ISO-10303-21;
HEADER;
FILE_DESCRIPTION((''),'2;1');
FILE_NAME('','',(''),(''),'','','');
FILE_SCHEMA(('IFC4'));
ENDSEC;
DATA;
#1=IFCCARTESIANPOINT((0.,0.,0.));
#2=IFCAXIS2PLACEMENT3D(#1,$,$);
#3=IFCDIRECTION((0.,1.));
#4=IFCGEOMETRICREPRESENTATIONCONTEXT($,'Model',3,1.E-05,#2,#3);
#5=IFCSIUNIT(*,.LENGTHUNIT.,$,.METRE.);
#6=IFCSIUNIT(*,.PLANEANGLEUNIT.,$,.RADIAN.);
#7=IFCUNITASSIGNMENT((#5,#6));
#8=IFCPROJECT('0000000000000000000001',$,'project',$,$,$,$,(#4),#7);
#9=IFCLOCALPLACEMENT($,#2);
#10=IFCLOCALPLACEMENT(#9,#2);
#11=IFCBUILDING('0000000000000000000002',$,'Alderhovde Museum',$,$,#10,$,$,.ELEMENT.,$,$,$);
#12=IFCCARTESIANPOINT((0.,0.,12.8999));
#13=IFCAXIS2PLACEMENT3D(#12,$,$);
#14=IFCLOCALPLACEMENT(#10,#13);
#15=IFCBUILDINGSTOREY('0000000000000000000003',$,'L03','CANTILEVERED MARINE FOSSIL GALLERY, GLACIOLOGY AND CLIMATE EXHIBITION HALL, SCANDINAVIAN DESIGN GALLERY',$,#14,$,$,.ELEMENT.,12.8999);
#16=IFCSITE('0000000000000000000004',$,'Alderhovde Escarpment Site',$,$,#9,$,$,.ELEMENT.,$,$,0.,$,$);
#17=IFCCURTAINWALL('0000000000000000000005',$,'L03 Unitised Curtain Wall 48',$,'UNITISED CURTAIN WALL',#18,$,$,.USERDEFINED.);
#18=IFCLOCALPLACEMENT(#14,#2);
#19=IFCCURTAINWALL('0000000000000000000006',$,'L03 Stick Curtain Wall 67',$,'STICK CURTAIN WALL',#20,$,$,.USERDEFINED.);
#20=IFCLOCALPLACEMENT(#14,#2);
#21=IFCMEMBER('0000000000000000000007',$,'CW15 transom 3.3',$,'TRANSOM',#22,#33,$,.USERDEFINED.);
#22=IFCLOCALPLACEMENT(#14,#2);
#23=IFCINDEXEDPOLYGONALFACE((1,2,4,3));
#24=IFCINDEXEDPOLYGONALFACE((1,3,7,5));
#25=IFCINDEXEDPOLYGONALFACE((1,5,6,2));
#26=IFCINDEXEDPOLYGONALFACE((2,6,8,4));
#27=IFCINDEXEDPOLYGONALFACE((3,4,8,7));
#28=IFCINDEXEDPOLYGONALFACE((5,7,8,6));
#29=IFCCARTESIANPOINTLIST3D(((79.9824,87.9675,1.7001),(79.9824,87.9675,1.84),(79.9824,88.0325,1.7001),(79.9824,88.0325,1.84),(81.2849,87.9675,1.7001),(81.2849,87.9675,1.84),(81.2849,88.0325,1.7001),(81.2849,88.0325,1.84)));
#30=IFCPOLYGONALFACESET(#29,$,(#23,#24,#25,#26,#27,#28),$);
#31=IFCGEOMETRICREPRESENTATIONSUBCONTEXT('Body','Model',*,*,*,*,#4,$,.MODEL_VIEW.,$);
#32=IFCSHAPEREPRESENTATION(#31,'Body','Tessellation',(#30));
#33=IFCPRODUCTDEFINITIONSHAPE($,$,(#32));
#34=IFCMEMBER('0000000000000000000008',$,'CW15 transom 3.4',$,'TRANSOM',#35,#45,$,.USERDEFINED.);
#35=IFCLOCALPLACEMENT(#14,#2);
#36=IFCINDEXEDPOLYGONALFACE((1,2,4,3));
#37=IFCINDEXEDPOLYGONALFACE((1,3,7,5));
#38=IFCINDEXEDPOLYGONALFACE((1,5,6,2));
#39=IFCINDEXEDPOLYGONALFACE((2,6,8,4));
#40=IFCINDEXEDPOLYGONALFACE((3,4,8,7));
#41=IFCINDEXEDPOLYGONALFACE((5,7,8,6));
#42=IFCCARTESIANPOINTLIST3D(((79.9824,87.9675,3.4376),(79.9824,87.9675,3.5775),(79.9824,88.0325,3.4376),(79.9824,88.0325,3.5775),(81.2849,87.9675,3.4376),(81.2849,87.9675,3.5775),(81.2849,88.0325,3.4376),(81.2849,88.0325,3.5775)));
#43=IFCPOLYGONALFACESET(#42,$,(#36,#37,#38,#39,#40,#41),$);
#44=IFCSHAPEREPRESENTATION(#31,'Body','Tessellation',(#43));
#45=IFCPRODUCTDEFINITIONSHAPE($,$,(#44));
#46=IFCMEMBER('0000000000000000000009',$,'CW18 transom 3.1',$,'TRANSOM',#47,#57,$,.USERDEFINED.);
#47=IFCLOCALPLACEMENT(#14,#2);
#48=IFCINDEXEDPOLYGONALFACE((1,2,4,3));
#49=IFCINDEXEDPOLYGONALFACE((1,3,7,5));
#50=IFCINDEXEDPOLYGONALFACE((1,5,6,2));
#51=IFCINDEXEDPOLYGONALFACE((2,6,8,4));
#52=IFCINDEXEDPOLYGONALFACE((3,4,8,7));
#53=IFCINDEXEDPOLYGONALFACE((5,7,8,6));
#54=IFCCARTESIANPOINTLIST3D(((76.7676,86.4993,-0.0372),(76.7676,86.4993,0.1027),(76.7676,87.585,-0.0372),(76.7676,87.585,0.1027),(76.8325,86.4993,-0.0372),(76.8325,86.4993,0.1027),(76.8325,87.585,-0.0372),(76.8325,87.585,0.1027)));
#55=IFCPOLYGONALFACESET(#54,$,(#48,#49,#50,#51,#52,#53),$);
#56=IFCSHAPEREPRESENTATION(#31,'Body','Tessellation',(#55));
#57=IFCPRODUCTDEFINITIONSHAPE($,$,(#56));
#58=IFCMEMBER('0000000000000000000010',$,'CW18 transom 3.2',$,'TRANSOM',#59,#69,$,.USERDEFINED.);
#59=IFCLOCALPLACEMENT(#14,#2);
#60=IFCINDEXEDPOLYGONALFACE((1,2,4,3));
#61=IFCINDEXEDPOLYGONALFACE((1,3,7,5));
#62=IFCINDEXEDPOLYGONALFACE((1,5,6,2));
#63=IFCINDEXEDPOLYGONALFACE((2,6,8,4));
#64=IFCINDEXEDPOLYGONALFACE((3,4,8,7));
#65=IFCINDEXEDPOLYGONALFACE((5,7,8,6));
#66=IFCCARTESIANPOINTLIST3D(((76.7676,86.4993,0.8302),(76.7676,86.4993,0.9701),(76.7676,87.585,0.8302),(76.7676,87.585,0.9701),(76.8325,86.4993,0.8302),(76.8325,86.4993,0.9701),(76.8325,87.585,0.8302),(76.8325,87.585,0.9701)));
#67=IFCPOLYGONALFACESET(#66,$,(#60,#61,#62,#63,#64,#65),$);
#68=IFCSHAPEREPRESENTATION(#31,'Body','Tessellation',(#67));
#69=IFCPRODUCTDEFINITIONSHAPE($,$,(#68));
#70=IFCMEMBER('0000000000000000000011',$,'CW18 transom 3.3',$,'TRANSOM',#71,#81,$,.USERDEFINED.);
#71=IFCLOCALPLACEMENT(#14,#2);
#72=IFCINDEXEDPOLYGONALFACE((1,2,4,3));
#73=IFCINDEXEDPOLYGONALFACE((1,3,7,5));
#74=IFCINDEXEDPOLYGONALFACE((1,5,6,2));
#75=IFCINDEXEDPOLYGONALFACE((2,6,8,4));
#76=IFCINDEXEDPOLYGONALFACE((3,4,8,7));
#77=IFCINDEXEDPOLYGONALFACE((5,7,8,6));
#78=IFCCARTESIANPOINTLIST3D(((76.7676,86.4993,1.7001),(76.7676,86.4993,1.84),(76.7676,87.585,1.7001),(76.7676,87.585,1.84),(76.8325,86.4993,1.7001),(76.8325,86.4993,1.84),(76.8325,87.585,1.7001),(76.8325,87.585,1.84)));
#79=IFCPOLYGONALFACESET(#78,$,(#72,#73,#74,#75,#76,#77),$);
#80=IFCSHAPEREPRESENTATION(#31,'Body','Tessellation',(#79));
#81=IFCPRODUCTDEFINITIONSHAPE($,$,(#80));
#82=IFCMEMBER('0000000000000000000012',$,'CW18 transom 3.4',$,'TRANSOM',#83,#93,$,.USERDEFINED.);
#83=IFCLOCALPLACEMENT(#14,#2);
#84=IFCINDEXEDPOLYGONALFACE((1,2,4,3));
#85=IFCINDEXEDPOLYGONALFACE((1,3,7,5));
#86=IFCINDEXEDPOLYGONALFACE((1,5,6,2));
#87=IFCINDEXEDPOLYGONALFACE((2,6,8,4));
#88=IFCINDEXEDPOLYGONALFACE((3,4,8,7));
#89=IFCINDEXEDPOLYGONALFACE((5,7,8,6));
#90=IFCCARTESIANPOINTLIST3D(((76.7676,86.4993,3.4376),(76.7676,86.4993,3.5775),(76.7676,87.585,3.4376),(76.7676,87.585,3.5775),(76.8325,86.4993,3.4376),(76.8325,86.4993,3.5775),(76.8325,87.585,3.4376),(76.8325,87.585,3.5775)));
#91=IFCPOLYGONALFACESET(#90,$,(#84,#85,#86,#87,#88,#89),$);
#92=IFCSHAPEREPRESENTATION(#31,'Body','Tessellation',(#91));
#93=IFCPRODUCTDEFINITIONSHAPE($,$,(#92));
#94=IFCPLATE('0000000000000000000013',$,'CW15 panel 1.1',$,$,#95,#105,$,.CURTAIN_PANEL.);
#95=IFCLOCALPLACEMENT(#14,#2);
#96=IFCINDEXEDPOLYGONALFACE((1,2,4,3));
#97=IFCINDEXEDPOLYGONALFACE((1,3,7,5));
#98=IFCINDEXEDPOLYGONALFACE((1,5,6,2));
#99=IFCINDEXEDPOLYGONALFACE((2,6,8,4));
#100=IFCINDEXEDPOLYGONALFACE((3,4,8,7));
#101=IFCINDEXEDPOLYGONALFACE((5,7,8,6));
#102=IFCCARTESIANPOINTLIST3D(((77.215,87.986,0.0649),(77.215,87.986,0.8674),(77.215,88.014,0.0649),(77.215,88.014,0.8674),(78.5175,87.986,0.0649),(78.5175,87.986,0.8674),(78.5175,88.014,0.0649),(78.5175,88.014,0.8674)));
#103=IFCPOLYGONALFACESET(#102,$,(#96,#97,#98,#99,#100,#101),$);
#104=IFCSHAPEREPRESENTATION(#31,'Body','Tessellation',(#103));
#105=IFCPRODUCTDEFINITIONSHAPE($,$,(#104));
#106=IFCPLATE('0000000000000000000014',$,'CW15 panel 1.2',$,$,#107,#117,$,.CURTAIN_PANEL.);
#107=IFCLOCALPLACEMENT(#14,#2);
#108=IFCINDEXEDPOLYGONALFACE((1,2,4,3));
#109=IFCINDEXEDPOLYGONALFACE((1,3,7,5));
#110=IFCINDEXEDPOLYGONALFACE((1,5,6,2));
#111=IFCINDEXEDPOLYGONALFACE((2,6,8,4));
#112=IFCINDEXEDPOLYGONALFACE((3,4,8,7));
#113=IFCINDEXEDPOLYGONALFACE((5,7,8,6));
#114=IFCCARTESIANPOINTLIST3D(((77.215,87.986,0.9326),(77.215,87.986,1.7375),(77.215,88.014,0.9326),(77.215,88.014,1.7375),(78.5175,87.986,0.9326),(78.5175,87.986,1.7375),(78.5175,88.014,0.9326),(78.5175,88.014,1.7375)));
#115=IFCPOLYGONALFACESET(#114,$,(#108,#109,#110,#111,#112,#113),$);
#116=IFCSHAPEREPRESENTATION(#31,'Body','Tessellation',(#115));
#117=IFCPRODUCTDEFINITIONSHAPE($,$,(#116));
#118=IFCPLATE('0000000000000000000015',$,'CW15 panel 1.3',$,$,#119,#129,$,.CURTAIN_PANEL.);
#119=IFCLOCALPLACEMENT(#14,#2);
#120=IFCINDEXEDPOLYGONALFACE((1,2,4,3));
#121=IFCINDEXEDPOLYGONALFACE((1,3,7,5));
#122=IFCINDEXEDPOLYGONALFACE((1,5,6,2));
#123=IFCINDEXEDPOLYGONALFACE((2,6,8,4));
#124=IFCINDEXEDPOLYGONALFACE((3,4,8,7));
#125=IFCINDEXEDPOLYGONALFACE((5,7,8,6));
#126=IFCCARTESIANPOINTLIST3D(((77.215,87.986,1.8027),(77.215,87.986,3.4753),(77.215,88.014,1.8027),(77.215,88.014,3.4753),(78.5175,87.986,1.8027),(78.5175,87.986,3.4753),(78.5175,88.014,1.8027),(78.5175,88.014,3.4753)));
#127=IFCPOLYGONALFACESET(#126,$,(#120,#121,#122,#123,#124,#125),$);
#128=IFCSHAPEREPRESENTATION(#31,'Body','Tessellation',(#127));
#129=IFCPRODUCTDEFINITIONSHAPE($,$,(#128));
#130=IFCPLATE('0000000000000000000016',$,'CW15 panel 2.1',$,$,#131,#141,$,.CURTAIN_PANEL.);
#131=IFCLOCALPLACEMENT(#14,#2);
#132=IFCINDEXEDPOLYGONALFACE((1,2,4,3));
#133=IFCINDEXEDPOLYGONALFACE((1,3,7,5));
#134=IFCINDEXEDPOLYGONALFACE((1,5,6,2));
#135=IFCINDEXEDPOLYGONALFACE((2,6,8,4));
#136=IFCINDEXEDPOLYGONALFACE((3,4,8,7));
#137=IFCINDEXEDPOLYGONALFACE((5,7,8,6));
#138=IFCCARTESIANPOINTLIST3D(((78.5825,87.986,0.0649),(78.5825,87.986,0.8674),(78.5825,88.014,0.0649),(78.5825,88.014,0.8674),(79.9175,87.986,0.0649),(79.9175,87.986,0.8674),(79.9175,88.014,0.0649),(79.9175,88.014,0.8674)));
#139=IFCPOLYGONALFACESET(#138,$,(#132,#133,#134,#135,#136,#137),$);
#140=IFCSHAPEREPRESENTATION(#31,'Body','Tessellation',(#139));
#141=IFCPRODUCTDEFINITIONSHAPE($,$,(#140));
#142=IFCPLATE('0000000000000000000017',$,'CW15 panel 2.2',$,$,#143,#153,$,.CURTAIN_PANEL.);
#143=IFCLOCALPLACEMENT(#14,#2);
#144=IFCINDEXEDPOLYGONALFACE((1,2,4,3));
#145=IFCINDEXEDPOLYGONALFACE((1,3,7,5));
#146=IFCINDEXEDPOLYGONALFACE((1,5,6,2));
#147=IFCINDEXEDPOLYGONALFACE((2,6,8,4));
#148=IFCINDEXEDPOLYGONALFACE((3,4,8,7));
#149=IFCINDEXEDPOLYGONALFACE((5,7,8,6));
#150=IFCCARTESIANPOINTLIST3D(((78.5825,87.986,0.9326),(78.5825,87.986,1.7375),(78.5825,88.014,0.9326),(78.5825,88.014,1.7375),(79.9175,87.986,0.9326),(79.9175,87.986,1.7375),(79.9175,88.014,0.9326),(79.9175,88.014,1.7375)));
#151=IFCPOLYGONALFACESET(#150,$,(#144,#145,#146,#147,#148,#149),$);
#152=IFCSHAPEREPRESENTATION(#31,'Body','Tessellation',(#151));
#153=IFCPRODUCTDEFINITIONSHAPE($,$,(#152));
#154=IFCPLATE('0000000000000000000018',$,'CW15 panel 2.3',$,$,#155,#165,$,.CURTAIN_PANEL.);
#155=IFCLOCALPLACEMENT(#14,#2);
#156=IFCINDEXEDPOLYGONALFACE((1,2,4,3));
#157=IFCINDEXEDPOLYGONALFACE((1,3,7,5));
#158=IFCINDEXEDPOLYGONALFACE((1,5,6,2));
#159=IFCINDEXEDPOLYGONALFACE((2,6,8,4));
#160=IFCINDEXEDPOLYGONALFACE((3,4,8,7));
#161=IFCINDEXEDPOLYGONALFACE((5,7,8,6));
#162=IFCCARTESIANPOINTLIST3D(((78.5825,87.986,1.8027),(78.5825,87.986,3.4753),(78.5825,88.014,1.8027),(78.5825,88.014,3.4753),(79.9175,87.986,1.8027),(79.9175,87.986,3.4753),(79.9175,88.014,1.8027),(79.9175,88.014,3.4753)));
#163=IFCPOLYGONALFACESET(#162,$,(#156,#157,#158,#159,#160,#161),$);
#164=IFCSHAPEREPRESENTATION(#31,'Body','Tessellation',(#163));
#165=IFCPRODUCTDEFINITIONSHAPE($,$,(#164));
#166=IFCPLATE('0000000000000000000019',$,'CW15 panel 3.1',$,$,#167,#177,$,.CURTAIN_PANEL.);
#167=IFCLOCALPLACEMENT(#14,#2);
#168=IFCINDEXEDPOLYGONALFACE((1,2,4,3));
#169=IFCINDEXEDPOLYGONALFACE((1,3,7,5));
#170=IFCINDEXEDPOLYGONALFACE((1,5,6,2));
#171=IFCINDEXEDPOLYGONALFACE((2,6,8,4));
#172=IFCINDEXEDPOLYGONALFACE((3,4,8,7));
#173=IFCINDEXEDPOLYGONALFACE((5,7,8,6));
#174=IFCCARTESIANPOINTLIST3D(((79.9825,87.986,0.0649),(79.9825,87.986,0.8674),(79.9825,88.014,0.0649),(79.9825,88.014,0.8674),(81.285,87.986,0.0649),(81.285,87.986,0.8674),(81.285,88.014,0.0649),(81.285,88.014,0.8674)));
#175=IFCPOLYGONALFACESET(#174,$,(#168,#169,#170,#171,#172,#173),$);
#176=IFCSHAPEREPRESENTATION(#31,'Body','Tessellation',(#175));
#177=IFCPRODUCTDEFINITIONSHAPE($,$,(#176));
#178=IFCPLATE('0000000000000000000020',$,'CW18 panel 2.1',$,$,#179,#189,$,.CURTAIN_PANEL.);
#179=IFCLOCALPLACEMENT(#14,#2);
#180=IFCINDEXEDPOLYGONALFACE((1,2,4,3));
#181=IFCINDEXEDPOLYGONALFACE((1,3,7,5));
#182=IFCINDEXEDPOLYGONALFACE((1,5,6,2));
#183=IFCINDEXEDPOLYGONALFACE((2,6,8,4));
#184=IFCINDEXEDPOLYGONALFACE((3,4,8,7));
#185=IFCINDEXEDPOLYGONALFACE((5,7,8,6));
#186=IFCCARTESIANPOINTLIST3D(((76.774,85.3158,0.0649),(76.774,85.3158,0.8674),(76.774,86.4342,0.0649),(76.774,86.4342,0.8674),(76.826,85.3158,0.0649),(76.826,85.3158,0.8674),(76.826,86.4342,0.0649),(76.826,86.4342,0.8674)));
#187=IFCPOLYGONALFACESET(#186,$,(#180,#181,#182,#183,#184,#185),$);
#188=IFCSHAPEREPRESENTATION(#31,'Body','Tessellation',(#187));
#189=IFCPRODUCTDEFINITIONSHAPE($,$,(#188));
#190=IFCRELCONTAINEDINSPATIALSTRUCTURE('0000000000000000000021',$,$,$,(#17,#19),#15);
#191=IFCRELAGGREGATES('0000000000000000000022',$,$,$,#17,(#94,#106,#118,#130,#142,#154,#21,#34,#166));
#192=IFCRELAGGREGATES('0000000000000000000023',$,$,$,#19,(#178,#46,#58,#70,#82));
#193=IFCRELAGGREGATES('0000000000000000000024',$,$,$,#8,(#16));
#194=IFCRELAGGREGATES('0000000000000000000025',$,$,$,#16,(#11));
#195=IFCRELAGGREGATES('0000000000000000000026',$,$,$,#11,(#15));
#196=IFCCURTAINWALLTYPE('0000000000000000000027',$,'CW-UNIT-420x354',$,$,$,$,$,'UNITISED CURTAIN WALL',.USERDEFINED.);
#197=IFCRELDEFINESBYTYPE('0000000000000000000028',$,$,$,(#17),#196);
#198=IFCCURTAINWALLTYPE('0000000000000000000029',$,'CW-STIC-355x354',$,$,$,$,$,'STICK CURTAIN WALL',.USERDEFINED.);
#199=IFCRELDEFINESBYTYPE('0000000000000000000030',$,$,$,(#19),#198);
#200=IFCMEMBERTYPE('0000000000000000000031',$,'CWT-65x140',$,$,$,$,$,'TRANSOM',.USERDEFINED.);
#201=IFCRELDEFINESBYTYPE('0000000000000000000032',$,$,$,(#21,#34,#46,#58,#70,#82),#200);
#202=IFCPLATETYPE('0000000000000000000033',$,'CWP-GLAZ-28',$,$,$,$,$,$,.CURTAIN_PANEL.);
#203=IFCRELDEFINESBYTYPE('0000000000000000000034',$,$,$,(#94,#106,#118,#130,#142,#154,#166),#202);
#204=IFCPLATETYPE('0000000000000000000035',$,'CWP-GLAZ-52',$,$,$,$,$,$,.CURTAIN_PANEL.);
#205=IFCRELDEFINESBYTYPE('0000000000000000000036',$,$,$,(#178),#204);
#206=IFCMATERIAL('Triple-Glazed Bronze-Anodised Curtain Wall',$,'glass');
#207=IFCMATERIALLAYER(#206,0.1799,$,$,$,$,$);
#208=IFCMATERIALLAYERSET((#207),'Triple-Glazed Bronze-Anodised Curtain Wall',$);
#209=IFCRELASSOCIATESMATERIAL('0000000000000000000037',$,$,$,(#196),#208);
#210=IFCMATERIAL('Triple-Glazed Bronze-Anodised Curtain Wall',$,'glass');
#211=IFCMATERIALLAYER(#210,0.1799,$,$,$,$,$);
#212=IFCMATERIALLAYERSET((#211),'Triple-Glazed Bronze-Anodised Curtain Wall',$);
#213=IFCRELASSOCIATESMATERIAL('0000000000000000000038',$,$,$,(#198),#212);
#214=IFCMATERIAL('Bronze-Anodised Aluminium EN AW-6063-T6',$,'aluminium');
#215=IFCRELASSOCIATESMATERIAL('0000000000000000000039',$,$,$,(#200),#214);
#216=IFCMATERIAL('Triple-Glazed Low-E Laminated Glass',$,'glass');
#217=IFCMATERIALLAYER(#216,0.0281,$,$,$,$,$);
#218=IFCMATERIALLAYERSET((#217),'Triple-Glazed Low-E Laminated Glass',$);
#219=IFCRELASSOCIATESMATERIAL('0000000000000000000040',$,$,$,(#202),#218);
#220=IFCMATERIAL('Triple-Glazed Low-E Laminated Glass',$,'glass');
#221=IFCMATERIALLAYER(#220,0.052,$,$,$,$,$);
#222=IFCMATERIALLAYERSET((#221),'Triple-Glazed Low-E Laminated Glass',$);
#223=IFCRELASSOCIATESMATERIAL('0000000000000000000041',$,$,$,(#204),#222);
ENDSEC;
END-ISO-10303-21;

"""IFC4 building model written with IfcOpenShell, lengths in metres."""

from ifc_helpers import new_model, si_unit, direction, frame, origin, origin_2d, place, context, subcontext, project, spatial, rectangle, extrude, material, layer, layer_set, material_profile, profile_set, type_object, element, aggregate, save


model = new_model("IFC4")

# Units and contexts
model_context = context("Model", 3, precision=1e-05, world=origin(), true_north=direction((0.0, 1.0)))
body_context = subcontext(model_context, "Body", "Model", "MODEL_VIEW")
ifc_project = project(units=[si_unit("LENGTHUNIT", "METRE"), si_unit("PLANEANGLEUNIT", "RADIAN")], contexts=[model_context])

# Site, building, storey
site_placement = place(None, origin())
site = spatial("IfcSite", under=ifc_project, at=site_placement, Name="Alderhovde Escarpment Site", CompositionType="ELEMENT", RefElevation=0.0)
building_placement = place(site_placement, origin())
building = spatial("IfcBuilding", under=site, at=building_placement, Name="Alderhovde Museum", CompositionType="ELEMENT")
storey_placement = place(building_placement, frame((0.0, 0.0, 12.8999)))
storey = spatial("IfcBuildingStorey", under=building, at=storey_placement, Name="L03", Description="CANTILEVERED MARINE FOSSIL GALLERY, GLACIOLOGY AND CLIMATE EXHIBITION HALL, SCANDINAVIAN DESIGN GALLERY", CompositionType="ELEMENT", Elevation=12.8999)

# Curtain walls
ifc_material_1 = material(Name="Triple-Glazed Bronze-Anodised Curtain Wall", Category="glass")
ifc_layer_1 = layer(ifc_material_1, 0.1799)
ifc_layer_set_1 = layer_set([ifc_layer_1], Name="Triple-Glazed Bronze-Anodised Curtain Wall")
curtain_wall_type_1 = type_object("IfcCurtainWallType", Name="CW-UNIT-420x354", ElementType="UNITISED CURTAIN WALL", PredefinedType="USERDEFINED", material=ifc_layer_set_1)
curtain_wall_1_placement = place(storey_placement, origin())
curtain_wall_1 = element("IfcCurtainWall", 1, at=curtain_wall_1_placement, inside=storey, type_object=curtain_wall_type_1, Name="L03 Unitised Curtain Wall 48", ObjectType="UNITISED CURTAIN WALL", PredefinedType="USERDEFINED")
ifc_material_2 = material(Name="Triple-Glazed Bronze-Anodised Curtain Wall", Category="glass")
ifc_layer_2 = layer(ifc_material_2, 0.1799)
ifc_layer_set_2 = layer_set([ifc_layer_2], Name="Triple-Glazed Bronze-Anodised Curtain Wall")
curtain_wall_type_2 = type_object("IfcCurtainWallType", Name="CW-STIC-355x354", ElementType="STICK CURTAIN WALL", PredefinedType="USERDEFINED", material=ifc_layer_set_2)
curtain_wall_2_placement = place(storey_placement, origin())
curtain_wall_2 = element("IfcCurtainWall", 2, at=curtain_wall_2_placement, inside=storey, type_object=curtain_wall_type_2, Name="L03 Stick Curtain Wall 67", ObjectType="STICK CURTAIN WALL", PredefinedType="USERDEFINED")

# Members
ifc_material_3 = material(Name="Bronze-Anodised Aluminium EN AW-6063-T6", Category="aluminium")
ifc_material_profile_1 = material_profile(ifc_material_3, rectangle(XDim=0.0649, YDim=0.1399, at=origin_2d()), Name="TRANSOM 65x140")
ifc_profile_set_1 = profile_set([ifc_material_profile_1], Name="Bronze-Anodised Aluminium EN AW-6063-T6")
member_type_1 = type_object("IfcMemberType", Name="CWT-65x140", ElementType="TRANSOM", PredefinedType="USERDEFINED", material=ifc_profile_set_1)
member_1_placement = place(storey_placement, frame((79.9824, 88.0, 1.77), z_axis=(1.0, 0.0, 0.0), x_axis=(0.0, 1.0, 0.0)))
member_1 = element("IfcMember", 3, at=member_1_placement, type_object=member_type_1, Name="CW15 transom 3.3", ObjectType="TRANSOM", PredefinedType="USERDEFINED", context=body_context, shape_type="SweptSolid", body=[
    extrude(rectangle(XDim=0.0649, YDim=0.1399, at=origin_2d()), origin(), (0.0, 0.0, 1.0), 1.3025),
])
member_2_placement = place(storey_placement, frame((79.9824, 88.0, 3.5076), z_axis=(1.0, 0.0, 0.0), x_axis=(0.0, 1.0, 0.0)))
member_2 = element("IfcMember", 4, at=member_2_placement, type_object=member_type_1, Name="CW15 transom 3.4", ObjectType="TRANSOM", PredefinedType="USERDEFINED", context=body_context, shape_type="SweptSolid", body=[
    extrude(rectangle(XDim=0.0649, YDim=0.1399, at=origin_2d()), origin(), (0.0, 0.0, 1.0), 1.3025),
])
member_3_placement = place(storey_placement, frame((76.8, 86.4993, 0.0327), z_axis=(0.0, 1.0, 0.0), x_axis=(-1.0, 0.0, 0.0)))
member_3 = element("IfcMember", 5, at=member_3_placement, type_object=member_type_1, Name="CW18 transom 3.1", ObjectType="TRANSOM", PredefinedType="USERDEFINED", context=body_context, shape_type="SweptSolid", body=[
    extrude(rectangle(XDim=0.0649, YDim=0.1399, at=origin_2d()), origin(), (0.0, 0.0, 1.0), 1.0857),
])
member_4_placement = place(storey_placement, frame((76.8, 86.4993, 0.9001), z_axis=(0.0, 1.0, 0.0), x_axis=(-1.0, 0.0, 0.0)))
member_4 = element("IfcMember", 6, at=member_4_placement, type_object=member_type_1, Name="CW18 transom 3.2", ObjectType="TRANSOM", PredefinedType="USERDEFINED", context=body_context, shape_type="SweptSolid", body=[
    extrude(rectangle(XDim=0.0649, YDim=0.1399, at=origin_2d()), origin(), (0.0, 0.0, 1.0), 1.0857),
])
member_5_placement = place(storey_placement, frame((76.8, 86.4993, 1.77), z_axis=(0.0, 1.0, 0.0), x_axis=(-1.0, 0.0, 0.0)))
member_5 = element("IfcMember", 7, at=member_5_placement, type_object=member_type_1, Name="CW18 transom 3.3", ObjectType="TRANSOM", PredefinedType="USERDEFINED", context=body_context, shape_type="SweptSolid", body=[
    extrude(rectangle(XDim=0.0649, YDim=0.1399, at=origin_2d()), origin(), (0.0, 0.0, 1.0), 1.0857),
])
member_6_placement = place(storey_placement, frame((76.8, 86.4993, 3.5076), z_axis=(0.0, 1.0, 0.0), x_axis=(-1.0, 0.0, 0.0)))
member_6 = element("IfcMember", 8, at=member_6_placement, type_object=member_type_1, Name="CW18 transom 3.4", ObjectType="TRANSOM", PredefinedType="USERDEFINED", context=body_context, shape_type="SweptSolid", body=[
    extrude(rectangle(XDim=0.0649, YDim=0.1399, at=origin_2d()), origin(), (0.0, 0.0, 1.0), 1.0857),
])

# Plates
ifc_material_4 = material(Name="Triple-Glazed Low-E Laminated Glass", Category="glass")
ifc_layer_3 = layer(ifc_material_4, 0.0281)
ifc_layer_set_3 = layer_set([ifc_layer_3], Name="Triple-Glazed Low-E Laminated Glass")
plate_type_1 = type_object("IfcPlateType", Name="CWP-GLAZ-28", PredefinedType="CURTAIN_PANEL", material=ifc_layer_set_3)
plate_1_placement = place(storey_placement, frame((77.8662, 88.0, 0.0649), z_axis=(0.0, 0.0, 1.0), x_axis=(1.0, 0.0, 0.0)))
plate_1 = element("IfcPlate", 9, at=plate_1_placement, type_object=plate_type_1, Name="CW15 panel 1.1", PredefinedType="CURTAIN_PANEL", context=body_context, shape_type="SweptSolid", body=[
    extrude(rectangle(XDim=1.3025, YDim=0.0281, at=origin_2d()), origin(), (0.0, 0.0, 1.0), 0.8025),
])
plate_2_placement = place(storey_placement, frame((77.8662, 88.0, 0.9326), z_axis=(0.0, 0.0, 1.0), x_axis=(1.0, 0.0, 0.0)))
plate_2 = element("IfcPlate", 10, at=plate_2_placement, type_object=plate_type_1, Name="CW15 panel 1.2", PredefinedType="CURTAIN_PANEL", context=body_context, shape_type="SweptSolid", body=[
    extrude(rectangle(XDim=1.3025, YDim=0.0281, at=origin_2d()), origin(), (0.0, 0.0, 1.0), 0.8049),
])
plate_3_placement = place(storey_placement, frame((77.8662, 88.0, 1.8027), z_axis=(0.0, 0.0, 1.0), x_axis=(1.0, 0.0, 0.0)))
plate_3 = element("IfcPlate", 11, at=plate_3_placement, type_object=plate_type_1, Name="CW15 panel 1.3", PredefinedType="CURTAIN_PANEL", context=body_context, shape_type="SweptSolid", body=[
    extrude(rectangle(XDim=1.3025, YDim=0.0281, at=origin_2d()), origin(), (0.0, 0.0, 1.0), 1.6726),
])
plate_4_placement = place(storey_placement, frame((79.25, 88.0, 0.0649), z_axis=(0.0, 0.0, 1.0), x_axis=(1.0, 0.0, 0.0)))
plate_4 = element("IfcPlate", 12, at=plate_4_placement, type_object=plate_type_1, Name="CW15 panel 2.1", PredefinedType="CURTAIN_PANEL", context=body_context, shape_type="SweptSolid", body=[
    extrude(rectangle(XDim=1.335, YDim=0.0281, at=origin_2d()), origin(), (0.0, 0.0, 1.0), 0.8025),
])
plate_5_placement = place(storey_placement, frame((79.25, 88.0, 0.9326), z_axis=(0.0, 0.0, 1.0), x_axis=(1.0, 0.0, 0.0)))
plate_5 = element("IfcPlate", 13, at=plate_5_placement, type_object=plate_type_1, Name="CW15 panel 2.2", PredefinedType="CURTAIN_PANEL", context=body_context, shape_type="SweptSolid", body=[
    extrude(rectangle(XDim=1.335, YDim=0.0281, at=origin_2d()), origin(), (0.0, 0.0, 1.0), 0.8049),
])
plate_6_placement = place(storey_placement, frame((79.25, 88.0, 1.8027), z_axis=(0.0, 0.0, 1.0), x_axis=(1.0, 0.0, 0.0)))
plate_6 = element("IfcPlate", 14, at=plate_6_placement, type_object=plate_type_1, Name="CW15 panel 2.3", PredefinedType="CURTAIN_PANEL", context=body_context, shape_type="SweptSolid", body=[
    extrude(rectangle(XDim=1.335, YDim=0.0281, at=origin_2d()), origin(), (0.0, 0.0, 1.0), 1.6726),
])
plate_7_placement = place(storey_placement, frame((80.6338, 88.0, 0.0649), z_axis=(0.0, 0.0, 1.0), x_axis=(1.0, 0.0, 0.0)))
plate_7 = element("IfcPlate", 15, at=plate_7_placement, type_object=plate_type_1, Name="CW15 panel 3.1", PredefinedType="CURTAIN_PANEL", context=body_context, shape_type="SweptSolid", body=[
    extrude(rectangle(XDim=1.3025, YDim=0.0281, at=origin_2d()), origin(), (0.0, 0.0, 1.0), 0.8025),
])
aggregate(curtain_wall_1, [plate_1, plate_2, plate_3, plate_4, plate_5, plate_6, member_1, member_2, plate_7])
ifc_material_5 = material(Name="Triple-Glazed Low-E Laminated Glass", Category="glass")
ifc_layer_4 = layer(ifc_material_5, 0.052)
ifc_layer_set_4 = layer_set([ifc_layer_4], Name="Triple-Glazed Low-E Laminated Glass")
plate_type_2 = type_object("IfcPlateType", Name="CWP-GLAZ-52", PredefinedType="CURTAIN_PANEL", material=ifc_layer_set_4)
plate_8_placement = place(storey_placement, frame((76.8, 85.875, 0.0649), z_axis=(0.0, 0.0, 1.0), x_axis=(0.0, 1.0, 0.0)))
plate_8 = element("IfcPlate", 16, at=plate_8_placement, type_object=plate_type_2, Name="CW18 panel 2.1", PredefinedType="CURTAIN_PANEL", context=body_context, shape_type="SweptSolid", body=[
    extrude(rectangle(XDim=1.1184, YDim=0.052, at=origin_2d()), origin(), (0.0, 0.0, 1.0), 0.8025),
])
aggregate(curtain_wall_2, [plate_8, member_3, member_4, member_5, member_6])

save(model, "model.ifc")
